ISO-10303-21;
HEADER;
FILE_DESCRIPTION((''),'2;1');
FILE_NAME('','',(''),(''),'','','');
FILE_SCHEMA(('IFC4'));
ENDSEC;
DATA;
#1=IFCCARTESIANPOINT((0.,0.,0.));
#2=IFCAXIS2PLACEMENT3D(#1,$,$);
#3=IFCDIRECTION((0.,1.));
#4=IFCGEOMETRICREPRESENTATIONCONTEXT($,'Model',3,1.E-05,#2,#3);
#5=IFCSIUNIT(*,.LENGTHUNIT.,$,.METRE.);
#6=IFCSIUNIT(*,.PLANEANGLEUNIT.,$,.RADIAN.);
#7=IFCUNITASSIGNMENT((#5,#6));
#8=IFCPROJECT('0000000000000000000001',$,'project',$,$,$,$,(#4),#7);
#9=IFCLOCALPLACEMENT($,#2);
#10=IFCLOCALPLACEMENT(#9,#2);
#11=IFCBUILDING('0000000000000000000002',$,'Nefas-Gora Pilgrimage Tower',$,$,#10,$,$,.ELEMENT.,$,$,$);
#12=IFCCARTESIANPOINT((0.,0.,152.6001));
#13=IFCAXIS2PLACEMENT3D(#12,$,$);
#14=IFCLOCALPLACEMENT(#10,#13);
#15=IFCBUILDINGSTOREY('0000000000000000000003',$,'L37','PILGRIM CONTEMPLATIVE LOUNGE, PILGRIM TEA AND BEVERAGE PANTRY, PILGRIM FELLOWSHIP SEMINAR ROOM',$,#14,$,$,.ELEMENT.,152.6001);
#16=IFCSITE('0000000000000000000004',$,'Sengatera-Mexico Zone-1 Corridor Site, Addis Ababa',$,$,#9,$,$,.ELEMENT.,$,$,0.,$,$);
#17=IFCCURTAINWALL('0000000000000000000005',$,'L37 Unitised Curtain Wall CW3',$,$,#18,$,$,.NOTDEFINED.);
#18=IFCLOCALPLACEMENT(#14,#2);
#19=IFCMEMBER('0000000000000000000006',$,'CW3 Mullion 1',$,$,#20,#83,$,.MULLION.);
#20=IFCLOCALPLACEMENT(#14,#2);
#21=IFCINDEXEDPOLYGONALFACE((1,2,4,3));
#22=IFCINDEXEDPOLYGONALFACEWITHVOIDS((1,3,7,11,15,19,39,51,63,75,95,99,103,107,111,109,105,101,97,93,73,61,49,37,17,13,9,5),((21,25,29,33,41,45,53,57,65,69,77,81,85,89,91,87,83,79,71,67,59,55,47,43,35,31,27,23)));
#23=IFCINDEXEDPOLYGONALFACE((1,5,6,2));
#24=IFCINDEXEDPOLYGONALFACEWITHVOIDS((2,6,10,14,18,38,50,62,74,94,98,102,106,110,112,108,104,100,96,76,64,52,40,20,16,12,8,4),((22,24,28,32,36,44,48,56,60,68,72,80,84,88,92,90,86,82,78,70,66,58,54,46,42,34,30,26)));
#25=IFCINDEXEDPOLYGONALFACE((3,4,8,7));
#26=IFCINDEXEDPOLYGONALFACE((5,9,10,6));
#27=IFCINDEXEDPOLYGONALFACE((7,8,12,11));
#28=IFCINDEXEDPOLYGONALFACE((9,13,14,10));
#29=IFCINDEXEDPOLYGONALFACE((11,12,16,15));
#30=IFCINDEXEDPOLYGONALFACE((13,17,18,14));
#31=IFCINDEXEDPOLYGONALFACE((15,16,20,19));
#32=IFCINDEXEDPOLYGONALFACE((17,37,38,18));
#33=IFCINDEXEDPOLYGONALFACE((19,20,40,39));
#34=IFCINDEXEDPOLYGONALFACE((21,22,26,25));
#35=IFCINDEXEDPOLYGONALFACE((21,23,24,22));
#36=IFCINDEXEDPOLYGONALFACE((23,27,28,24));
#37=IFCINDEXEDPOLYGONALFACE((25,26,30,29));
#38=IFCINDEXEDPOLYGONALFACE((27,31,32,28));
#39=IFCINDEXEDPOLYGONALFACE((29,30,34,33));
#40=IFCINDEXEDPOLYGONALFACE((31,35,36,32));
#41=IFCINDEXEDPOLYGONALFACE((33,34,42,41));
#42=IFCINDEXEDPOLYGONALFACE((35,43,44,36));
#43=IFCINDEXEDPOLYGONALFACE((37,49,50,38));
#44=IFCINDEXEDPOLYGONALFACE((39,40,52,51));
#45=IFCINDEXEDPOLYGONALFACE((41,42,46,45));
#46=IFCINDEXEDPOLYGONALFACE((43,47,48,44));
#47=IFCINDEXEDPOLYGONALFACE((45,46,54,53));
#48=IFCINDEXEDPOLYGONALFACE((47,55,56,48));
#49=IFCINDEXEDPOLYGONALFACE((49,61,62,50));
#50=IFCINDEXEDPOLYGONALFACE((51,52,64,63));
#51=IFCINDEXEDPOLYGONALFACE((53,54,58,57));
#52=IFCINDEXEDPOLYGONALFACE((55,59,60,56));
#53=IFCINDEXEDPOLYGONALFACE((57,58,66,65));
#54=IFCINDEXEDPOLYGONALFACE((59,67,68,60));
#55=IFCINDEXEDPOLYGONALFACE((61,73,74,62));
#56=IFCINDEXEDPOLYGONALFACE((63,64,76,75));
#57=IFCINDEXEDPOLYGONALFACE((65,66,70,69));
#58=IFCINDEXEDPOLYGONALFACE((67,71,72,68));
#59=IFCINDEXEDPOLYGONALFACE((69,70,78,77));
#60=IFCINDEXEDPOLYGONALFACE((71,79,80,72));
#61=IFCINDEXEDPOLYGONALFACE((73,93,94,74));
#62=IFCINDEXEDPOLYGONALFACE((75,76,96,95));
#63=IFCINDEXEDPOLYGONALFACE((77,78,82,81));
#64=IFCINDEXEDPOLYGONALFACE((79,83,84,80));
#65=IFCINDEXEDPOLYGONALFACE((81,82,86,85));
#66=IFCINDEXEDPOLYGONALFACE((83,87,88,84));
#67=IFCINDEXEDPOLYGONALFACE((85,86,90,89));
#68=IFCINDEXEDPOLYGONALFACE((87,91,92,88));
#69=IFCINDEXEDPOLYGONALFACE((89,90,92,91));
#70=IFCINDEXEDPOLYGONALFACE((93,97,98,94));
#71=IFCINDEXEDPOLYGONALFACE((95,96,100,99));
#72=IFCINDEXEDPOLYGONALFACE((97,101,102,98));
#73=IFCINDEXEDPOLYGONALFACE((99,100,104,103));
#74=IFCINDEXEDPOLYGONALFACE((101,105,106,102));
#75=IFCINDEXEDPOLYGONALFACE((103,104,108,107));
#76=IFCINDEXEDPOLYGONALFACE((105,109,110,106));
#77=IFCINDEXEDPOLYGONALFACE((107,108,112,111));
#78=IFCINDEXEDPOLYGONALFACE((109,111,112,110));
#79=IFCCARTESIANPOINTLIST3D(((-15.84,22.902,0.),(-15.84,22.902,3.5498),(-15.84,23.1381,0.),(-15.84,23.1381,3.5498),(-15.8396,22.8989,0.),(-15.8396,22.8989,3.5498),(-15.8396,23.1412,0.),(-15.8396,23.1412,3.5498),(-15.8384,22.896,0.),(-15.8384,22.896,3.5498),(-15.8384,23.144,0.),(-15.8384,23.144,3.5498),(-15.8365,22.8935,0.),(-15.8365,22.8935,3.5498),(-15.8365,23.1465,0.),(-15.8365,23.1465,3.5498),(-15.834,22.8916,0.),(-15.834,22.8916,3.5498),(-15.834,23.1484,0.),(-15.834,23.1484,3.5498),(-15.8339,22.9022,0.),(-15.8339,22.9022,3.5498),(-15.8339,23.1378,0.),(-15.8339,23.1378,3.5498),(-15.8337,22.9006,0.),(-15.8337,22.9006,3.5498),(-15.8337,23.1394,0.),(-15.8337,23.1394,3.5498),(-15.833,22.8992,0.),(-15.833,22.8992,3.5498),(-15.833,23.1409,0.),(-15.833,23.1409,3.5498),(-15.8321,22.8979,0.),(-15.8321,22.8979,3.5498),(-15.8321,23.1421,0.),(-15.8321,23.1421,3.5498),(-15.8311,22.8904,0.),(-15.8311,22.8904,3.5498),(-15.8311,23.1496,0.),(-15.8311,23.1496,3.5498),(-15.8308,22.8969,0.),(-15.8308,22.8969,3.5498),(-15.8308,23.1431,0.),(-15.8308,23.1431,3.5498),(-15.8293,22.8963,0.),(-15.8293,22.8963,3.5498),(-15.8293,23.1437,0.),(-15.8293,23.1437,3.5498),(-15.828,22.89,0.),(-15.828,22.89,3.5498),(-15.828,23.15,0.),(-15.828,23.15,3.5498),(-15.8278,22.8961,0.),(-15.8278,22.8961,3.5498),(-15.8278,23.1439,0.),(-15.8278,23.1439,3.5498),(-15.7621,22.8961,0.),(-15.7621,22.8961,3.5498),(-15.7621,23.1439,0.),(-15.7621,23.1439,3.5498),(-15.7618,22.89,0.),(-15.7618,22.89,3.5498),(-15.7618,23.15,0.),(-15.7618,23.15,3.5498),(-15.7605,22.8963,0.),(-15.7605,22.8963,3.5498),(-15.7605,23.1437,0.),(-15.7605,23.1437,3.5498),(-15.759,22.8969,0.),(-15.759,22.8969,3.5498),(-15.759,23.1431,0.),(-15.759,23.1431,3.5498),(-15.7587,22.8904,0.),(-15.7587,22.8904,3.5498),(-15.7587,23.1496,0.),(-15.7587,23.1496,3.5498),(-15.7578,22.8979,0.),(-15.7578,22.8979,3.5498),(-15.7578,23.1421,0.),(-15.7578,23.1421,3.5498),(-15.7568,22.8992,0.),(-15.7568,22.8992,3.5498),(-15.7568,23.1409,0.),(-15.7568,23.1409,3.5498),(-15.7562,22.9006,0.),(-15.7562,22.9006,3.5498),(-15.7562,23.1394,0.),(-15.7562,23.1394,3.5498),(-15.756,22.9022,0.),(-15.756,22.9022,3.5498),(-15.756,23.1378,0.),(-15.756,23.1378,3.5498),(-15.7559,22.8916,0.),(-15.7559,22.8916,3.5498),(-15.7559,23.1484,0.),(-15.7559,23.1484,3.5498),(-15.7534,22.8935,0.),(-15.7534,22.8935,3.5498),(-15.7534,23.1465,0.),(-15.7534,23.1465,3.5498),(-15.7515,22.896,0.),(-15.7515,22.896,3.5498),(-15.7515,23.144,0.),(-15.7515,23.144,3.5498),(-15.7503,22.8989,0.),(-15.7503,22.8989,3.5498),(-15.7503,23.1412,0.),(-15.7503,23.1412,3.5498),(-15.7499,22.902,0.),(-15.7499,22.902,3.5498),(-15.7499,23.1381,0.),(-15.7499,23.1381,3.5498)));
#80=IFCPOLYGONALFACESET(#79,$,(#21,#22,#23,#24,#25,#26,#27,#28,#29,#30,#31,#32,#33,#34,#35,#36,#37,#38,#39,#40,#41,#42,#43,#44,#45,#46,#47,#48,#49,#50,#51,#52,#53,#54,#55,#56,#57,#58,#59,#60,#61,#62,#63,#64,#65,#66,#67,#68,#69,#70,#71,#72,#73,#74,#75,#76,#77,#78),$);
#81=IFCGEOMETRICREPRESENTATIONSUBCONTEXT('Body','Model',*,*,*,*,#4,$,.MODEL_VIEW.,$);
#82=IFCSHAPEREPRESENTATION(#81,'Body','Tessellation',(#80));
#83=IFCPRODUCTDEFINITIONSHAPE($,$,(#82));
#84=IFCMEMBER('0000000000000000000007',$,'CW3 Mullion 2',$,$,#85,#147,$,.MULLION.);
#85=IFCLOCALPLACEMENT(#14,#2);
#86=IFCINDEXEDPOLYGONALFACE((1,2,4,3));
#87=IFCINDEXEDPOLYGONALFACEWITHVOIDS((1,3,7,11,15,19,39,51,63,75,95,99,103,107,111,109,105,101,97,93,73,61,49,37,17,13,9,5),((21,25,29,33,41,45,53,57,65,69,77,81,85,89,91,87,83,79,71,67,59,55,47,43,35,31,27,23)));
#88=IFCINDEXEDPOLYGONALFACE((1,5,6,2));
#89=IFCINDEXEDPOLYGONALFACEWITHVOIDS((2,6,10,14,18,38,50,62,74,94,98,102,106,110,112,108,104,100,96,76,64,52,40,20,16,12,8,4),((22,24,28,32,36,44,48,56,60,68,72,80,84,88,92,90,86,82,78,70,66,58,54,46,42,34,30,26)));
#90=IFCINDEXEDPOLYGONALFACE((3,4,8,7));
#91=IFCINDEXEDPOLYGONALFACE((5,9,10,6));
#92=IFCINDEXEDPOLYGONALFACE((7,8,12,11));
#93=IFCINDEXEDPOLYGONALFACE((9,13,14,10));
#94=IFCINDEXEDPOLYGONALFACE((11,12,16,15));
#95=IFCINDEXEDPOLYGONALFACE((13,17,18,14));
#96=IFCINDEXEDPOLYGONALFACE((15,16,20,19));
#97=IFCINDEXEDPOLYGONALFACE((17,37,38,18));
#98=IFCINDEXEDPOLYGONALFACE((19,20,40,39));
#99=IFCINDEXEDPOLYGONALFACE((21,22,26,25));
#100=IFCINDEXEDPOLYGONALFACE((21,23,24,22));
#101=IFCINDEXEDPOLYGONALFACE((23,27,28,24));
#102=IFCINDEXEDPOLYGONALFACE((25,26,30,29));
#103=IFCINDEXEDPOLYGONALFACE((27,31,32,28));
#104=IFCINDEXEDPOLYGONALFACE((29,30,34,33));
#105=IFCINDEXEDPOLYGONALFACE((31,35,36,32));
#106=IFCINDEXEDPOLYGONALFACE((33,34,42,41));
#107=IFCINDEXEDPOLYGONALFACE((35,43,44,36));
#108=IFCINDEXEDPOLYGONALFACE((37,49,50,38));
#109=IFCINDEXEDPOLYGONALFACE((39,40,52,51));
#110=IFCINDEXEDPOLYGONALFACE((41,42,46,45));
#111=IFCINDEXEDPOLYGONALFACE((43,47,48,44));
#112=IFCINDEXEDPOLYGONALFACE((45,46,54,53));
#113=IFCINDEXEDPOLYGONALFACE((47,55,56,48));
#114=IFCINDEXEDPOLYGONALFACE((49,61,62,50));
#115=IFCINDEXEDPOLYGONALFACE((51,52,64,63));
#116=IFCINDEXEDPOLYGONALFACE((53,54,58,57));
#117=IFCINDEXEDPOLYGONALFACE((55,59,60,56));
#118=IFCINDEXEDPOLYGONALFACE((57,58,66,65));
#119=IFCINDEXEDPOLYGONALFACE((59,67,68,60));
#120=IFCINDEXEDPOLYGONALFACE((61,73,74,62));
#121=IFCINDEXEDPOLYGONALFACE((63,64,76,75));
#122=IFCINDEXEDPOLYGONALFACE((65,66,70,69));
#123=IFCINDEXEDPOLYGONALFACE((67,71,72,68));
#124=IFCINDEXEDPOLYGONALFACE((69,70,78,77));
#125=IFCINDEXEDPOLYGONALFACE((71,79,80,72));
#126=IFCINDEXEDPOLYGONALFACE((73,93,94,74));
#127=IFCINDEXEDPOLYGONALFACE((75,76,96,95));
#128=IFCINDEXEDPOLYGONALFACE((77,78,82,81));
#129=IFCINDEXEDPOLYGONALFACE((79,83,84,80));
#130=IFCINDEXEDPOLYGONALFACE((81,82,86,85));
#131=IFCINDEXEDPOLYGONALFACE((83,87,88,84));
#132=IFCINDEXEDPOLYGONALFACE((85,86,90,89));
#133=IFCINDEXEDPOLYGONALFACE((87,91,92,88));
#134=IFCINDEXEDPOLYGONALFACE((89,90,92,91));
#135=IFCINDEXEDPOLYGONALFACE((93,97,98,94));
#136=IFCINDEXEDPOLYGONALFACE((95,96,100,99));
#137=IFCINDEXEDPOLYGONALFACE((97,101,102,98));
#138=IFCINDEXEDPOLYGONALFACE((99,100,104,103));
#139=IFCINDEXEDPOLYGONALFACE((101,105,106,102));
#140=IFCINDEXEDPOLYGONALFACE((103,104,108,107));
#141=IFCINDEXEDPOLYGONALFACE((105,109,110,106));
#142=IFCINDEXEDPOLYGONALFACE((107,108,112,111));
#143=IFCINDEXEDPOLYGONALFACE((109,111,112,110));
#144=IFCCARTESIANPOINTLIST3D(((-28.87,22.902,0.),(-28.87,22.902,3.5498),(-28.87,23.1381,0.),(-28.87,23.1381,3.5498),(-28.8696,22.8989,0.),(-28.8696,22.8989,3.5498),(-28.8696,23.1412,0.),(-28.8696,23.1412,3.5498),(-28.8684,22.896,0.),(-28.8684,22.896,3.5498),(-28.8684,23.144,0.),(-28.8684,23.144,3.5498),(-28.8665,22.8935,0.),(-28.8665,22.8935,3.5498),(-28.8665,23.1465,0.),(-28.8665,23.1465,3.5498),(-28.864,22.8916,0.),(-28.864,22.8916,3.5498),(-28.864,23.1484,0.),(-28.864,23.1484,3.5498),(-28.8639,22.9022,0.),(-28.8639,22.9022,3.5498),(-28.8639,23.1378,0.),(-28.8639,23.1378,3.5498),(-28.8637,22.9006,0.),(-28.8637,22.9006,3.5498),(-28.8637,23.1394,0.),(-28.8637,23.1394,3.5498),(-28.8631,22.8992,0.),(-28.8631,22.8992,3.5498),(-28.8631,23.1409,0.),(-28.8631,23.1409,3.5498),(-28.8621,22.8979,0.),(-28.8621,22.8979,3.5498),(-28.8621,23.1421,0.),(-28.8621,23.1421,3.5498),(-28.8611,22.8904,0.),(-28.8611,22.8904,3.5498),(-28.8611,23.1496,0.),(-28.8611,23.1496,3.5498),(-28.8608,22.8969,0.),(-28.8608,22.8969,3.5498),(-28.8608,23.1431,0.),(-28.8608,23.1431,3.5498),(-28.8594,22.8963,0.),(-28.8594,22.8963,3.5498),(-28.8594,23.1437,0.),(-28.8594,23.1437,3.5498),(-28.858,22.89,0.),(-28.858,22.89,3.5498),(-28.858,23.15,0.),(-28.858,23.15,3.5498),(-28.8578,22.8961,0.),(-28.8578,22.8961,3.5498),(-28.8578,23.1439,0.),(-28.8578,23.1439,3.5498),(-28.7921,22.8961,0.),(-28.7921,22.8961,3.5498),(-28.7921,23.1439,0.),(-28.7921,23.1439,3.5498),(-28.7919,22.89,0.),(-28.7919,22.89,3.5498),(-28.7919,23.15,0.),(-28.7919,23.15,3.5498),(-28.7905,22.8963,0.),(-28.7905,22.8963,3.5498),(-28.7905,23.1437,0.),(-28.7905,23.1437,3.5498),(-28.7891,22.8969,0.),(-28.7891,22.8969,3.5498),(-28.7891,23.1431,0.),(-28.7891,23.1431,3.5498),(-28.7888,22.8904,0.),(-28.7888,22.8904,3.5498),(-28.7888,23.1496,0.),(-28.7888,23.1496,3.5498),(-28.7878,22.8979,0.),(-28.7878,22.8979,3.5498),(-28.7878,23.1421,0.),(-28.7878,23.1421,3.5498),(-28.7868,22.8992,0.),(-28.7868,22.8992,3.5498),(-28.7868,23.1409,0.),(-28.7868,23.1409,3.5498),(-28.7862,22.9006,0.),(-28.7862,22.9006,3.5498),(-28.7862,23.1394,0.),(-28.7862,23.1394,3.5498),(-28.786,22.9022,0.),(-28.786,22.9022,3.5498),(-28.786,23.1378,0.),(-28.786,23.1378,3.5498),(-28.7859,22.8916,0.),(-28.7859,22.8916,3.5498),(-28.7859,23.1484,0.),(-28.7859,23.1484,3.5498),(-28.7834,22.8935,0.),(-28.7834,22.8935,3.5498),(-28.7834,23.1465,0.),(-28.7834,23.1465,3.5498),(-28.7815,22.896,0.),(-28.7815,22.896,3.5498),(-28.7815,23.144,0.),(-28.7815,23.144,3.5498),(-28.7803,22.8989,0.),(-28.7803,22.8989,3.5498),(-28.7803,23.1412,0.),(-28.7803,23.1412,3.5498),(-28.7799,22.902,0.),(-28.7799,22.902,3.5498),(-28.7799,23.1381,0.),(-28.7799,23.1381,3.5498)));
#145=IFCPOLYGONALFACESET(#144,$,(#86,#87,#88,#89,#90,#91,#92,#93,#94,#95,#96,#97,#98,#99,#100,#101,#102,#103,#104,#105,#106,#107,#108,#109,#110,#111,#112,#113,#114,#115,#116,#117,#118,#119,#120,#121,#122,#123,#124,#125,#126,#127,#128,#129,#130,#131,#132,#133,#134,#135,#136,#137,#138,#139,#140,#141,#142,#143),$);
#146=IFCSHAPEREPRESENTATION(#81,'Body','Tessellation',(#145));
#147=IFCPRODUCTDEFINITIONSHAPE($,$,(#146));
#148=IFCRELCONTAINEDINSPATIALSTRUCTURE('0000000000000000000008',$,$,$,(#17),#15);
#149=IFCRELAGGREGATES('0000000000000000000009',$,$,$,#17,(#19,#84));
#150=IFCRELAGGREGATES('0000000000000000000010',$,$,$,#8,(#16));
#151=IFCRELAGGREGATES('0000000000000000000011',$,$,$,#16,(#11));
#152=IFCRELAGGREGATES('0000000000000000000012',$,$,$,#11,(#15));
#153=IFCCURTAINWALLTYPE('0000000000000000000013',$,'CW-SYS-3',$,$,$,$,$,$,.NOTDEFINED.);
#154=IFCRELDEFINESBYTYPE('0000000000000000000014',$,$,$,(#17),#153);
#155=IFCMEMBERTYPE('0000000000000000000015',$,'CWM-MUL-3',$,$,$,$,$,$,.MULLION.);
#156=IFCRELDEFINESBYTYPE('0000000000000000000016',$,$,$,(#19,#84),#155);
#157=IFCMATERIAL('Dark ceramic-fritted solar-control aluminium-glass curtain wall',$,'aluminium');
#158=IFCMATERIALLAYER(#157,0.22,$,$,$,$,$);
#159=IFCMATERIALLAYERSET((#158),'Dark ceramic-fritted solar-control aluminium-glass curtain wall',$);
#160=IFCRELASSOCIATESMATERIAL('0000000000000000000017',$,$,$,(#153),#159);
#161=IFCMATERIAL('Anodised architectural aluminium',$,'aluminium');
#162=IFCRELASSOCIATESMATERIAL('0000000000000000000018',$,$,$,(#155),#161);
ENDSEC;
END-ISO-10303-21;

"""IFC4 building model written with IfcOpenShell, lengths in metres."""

from ifc_helpers import new_model, si_unit, direction, frame, origin, origin_2d, place, context, subcontext, project, spatial, hollow_rectangle, extrude, source, transform, mapped, material, layer, layer_set, material_profile, profile_set, type_object, element, aggregate, save


model = new_model("IFC4")

# Units and contexts
model_context = context("Model", 3, precision=1e-05, world=origin(), true_north=direction((0.0, 1.0)))
body_context = subcontext(model_context, "Body", "Model", "MODEL_VIEW")
ifc_project = project(units=[si_unit("LENGTHUNIT", "METRE"), si_unit("PLANEANGLEUNIT", "RADIAN")], contexts=[model_context])

# Site, building, storey
site_placement = place(None, origin())
site = spatial("IfcSite", under=ifc_project, at=site_placement, Name="Sengatera-Mexico Zone-1 Corridor Site, Addis Ababa", CompositionType="ELEMENT", RefElevation=0.0)
building_placement = place(site_placement, origin())
building = spatial("IfcBuilding", under=site, at=building_placement, Name="Nefas-Gora Pilgrimage Tower", CompositionType="ELEMENT")
storey_placement = place(building_placement, frame((0.0, 0.0, 152.6001)))
storey = spatial("IfcBuildingStorey", under=building, at=storey_placement, Name="L37", Description="PILGRIM CONTEMPLATIVE LOUNGE, PILGRIM TEA AND BEVERAGE PANTRY, PILGRIM FELLOWSHIP SEMINAR ROOM", CompositionType="ELEMENT", Elevation=152.6001)

# Shared definitions
ifc_material_1 = material(Name="Dark ceramic-fritted solar-control aluminium-glass curtain wall", Category="aluminium")
ifc_material_2 = material(Name="Anodised architectural aluminium", Category="aluminium")

# Curtain wall, members
ifc_layer_1 = layer(ifc_material_1, 0.22)
ifc_layer_set_1 = layer_set([ifc_layer_1], Name="Dark ceramic-fritted solar-control aluminium-glass curtain wall")
curtain_wall_type_1 = type_object("IfcCurtainWallType", Name="CW-SYS-3", PredefinedType="NOTDEFINED", material=ifc_layer_set_1)
curtain_wall_1_placement = place(storey_placement, origin())
curtain_wall_1 = element("IfcCurtainWall", 1, at=curtain_wall_1_placement, inside=storey, type_object=curtain_wall_type_1, Name="L37 Unitised Curtain Wall CW3", PredefinedType="NOTDEFINED")
ifc_material_profile_1 = material_profile(ifc_material_2, hollow_rectangle(XDim=0.0901, YDim=0.26, WallThickness=0.0061, InnerFilletRadius=0.0061, OuterFilletRadius=0.012, at=origin_2d()), Name="ALU MULLION 90x260")
ifc_profile_set_1 = profile_set([ifc_material_profile_1], Name="Anodised architectural aluminium")
member_type_1 = type_object("IfcMemberType", Name="CWM-MUL-3", PredefinedType="MULLION", material=ifc_profile_set_1)
shared_shape_1 = source(origin(), body_context, "Body", "SweptSolid", [
    extrude(hollow_rectangle(XDim=0.0901, YDim=0.26, WallThickness=0.0061, InnerFilletRadius=0.0061, OuterFilletRadius=0.012, at=origin_2d()), origin(), (0.0, 0.0, 1.0), 3.5498),
])
member_1_placement = place(storey_placement, frame((-15.7949, 23.02, 0.0), z_axis=(0.0, 0.0, 1.0), x_axis=(-1.0, 0.0, 0.0)))
member_1 = element("IfcMember", 2, at=member_1_placement, type_object=member_type_1, Name="CW3 Mullion 1", PredefinedType="MULLION", context=body_context, shape_type="MappedRepresentation", body=[
    mapped(shared_shape_1, transform((0.0, 0.0, 0.0), x_axis=(1.0, 0.0, 0.0), y_axis=(0.0, 1.0, 0.0), z_axis=(0.0, 0.0, 1.0), scale=1.0)),
])
member_2_placement = place(storey_placement, frame((-28.825, 23.02, 0.0), z_axis=(0.0, 0.0, 1.0), x_axis=(-1.0, 0.0, 0.0)))
member_2 = element("IfcMember", 3, at=member_2_placement, type_object=member_type_1, Name="CW3 Mullion 2", PredefinedType="MULLION", context=body_context, shape_type="MappedRepresentation", body=[
    mapped(shared_shape_1, transform((0.0, 0.0, 0.0), x_axis=(1.0, 0.0, 0.0), y_axis=(0.0, 1.0, 0.0), z_axis=(0.0, 0.0, 1.0), scale=1.0)),
])

aggregate(curtain_wall_1, [member_1, member_2])

save(model, "model.ifc")
